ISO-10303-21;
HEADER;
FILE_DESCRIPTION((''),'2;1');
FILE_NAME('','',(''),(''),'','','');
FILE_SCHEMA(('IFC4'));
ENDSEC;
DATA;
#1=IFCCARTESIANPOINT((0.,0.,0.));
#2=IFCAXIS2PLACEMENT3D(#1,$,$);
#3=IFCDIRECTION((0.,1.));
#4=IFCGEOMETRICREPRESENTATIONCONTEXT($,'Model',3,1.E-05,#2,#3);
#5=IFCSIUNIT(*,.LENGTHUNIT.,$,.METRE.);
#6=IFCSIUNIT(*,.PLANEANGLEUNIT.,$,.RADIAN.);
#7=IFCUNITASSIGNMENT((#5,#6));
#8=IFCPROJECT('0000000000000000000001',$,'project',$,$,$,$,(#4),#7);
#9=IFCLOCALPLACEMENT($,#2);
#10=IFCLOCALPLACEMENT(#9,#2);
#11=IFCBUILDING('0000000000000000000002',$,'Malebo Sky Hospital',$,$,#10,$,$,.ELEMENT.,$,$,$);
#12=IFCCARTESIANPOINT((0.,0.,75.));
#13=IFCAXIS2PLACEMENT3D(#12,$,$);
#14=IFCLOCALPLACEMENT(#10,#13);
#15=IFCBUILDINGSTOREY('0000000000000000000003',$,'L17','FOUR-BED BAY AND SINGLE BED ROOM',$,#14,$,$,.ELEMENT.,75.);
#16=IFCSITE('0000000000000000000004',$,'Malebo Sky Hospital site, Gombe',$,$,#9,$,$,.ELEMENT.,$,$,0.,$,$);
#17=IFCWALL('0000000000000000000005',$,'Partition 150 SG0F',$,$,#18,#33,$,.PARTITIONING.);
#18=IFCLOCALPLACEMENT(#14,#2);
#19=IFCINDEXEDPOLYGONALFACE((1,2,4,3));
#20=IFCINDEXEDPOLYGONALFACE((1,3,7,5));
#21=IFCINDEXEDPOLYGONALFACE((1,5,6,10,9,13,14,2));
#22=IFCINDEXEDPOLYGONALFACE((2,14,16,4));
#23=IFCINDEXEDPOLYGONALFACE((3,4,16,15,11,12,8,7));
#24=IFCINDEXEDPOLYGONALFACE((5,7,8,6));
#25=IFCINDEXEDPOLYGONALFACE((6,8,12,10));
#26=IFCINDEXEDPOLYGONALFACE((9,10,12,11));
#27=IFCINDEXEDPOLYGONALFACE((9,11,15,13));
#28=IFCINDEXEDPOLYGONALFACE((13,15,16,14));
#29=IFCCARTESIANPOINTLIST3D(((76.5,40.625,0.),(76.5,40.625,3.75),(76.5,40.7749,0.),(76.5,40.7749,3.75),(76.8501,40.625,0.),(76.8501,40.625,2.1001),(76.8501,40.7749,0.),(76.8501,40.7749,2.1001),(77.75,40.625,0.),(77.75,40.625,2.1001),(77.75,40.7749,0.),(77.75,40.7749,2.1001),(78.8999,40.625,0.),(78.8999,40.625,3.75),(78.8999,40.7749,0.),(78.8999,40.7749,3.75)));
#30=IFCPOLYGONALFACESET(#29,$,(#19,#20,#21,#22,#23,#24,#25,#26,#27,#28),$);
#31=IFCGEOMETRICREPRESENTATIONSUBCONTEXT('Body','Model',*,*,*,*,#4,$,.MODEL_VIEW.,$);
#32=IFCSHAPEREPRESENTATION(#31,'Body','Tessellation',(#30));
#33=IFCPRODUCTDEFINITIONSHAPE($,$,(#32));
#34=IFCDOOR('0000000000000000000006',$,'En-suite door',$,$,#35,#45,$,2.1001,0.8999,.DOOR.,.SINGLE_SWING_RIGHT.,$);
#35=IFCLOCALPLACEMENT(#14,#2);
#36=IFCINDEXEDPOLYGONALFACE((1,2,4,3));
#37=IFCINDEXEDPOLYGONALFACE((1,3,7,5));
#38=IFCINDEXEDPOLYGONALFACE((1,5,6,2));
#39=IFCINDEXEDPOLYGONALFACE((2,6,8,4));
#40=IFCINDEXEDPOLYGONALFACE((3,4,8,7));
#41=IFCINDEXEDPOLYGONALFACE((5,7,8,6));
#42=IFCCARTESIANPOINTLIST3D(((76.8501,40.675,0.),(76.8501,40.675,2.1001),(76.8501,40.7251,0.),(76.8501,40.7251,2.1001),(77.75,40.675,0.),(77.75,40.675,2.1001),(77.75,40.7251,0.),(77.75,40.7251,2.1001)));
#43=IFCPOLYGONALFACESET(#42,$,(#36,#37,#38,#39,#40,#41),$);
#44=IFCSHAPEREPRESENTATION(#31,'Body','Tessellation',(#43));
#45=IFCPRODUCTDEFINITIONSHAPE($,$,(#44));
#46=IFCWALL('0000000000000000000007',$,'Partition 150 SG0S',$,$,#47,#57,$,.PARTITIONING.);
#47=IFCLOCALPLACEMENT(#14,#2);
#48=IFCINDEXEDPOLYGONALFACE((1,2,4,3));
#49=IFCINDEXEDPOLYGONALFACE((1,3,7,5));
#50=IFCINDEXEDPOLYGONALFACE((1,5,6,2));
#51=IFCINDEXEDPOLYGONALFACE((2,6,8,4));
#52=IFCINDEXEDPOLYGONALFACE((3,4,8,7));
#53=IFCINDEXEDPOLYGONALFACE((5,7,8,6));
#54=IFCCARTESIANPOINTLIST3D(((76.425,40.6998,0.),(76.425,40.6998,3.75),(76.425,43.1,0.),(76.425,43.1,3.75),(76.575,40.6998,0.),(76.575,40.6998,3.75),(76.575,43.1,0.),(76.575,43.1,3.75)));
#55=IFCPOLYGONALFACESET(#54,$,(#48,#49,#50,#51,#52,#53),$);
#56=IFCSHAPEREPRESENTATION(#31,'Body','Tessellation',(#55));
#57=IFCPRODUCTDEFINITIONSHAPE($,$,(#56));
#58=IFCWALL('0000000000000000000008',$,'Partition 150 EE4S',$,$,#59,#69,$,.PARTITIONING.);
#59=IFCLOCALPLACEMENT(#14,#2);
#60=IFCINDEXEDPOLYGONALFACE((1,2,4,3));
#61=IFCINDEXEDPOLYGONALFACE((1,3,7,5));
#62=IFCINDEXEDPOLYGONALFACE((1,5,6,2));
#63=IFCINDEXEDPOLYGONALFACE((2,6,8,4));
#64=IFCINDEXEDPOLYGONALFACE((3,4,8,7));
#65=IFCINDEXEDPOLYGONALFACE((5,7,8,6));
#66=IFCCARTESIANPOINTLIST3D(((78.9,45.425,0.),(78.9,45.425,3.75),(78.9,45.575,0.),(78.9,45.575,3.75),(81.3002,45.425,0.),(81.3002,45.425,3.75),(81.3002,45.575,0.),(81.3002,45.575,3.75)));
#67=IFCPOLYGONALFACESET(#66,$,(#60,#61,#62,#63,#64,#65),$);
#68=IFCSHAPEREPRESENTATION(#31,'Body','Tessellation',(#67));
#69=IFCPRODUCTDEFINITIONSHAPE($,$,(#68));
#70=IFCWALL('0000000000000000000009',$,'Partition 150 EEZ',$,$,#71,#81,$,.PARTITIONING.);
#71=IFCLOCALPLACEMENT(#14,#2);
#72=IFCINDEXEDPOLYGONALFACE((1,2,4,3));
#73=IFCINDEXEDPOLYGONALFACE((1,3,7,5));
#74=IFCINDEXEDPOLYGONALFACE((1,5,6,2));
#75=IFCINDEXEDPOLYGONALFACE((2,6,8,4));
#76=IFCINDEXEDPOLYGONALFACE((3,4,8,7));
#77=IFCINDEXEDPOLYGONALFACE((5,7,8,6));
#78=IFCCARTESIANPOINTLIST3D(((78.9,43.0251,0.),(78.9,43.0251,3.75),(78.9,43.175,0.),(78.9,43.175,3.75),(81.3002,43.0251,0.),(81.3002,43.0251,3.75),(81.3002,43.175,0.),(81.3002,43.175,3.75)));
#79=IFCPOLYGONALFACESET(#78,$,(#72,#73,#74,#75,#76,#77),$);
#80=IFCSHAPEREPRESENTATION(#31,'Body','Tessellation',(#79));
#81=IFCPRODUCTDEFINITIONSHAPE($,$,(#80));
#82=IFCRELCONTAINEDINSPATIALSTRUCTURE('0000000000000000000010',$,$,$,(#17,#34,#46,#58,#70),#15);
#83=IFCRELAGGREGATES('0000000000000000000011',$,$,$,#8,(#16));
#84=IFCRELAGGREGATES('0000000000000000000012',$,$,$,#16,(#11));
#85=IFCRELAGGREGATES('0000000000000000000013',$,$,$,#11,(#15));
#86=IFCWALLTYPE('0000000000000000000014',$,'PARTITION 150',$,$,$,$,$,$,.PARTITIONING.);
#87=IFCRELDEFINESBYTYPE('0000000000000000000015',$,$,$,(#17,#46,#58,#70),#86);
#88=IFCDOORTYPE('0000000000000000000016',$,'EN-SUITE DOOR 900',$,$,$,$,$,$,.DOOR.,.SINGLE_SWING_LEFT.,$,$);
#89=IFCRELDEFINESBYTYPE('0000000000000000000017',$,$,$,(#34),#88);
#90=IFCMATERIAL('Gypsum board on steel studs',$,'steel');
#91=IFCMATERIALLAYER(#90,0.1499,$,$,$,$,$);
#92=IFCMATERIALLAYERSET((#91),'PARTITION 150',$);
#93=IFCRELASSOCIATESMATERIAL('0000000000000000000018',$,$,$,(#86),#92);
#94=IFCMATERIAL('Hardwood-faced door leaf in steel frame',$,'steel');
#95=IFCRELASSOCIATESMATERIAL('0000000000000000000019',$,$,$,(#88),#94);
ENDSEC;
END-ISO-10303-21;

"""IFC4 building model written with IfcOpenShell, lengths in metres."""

from ifc_helpers import new_model, si_unit, direction, frame, frame_2d, origin, place, context, subcontext, project, spatial, rectangle, extrude, material, layer, layer_set, type_object, element, fill, save


model = new_model("IFC4")

# Units and contexts
model_context = context("Model", 3, precision=1e-05, world=origin(), true_north=direction((0.0, 1.0)))
body_context = subcontext(model_context, "Body", "Model", "MODEL_VIEW")
ifc_project = project(units=[si_unit("LENGTHUNIT", "METRE"), si_unit("PLANEANGLEUNIT", "RADIAN")], contexts=[model_context])

# Site, building, storey
site_placement = place(None, origin())
site = spatial("IfcSite", under=ifc_project, at=site_placement, Name="Malebo Sky Hospital site, Gombe", CompositionType="ELEMENT", RefElevation=0.0)
building_placement = place(site_placement, origin())
building = spatial("IfcBuilding", under=site, at=building_placement, Name="Malebo Sky Hospital", CompositionType="ELEMENT")
storey_placement = place(building_placement, frame((0.0, 0.0, 75.0)))
storey = spatial("IfcBuildingStorey", under=building, at=storey_placement, Name="L17", Description="FOUR-BED BAY AND SINGLE BED ROOM", CompositionType="ELEMENT", Elevation=75.0)

# Shared definitions
ifc_material_1 = material(Name="Gypsum board on steel studs", Category="steel")
ifc_material_2 = material(Name="Hardwood-faced door leaf in steel frame", Category="steel")

# Shared definitions
ifc_layer_1 = layer(ifc_material_1, 0.1499)
ifc_layer_set_1 = layer_set([ifc_layer_1], Name="PARTITION 150")
wall_type_1 = type_object("IfcWallType", Name="PARTITION 150", PredefinedType="PARTITIONING", material=ifc_layer_set_1)

# Wall, opening, door
wall_1_placement = place(storey_placement, frame((78.8999, 40.7, 0.0), z_axis=(0.0, 0.0, 1.0), x_axis=(-1.0, 0.0, 0.0)))
wall_1 = element("IfcWall", 1, at=wall_1_placement, inside=storey, type_object=wall_type_1, Name="Partition 150 SG0F", PredefinedType="PARTITIONING", context=body_context, shape_type="SweptSolid", body=[
    extrude(rectangle(XDim=2.3999, YDim=0.1499, at=frame_2d((1.2, 0.0))), origin(), (0.0, 0.0, 1.0), 3.75),
])
opening_1_placement = place(wall_1_placement, frame((1.1499, 0.0, 0.0)))
opening_1 = element("IfcOpeningElement", 2, at=opening_1_placement, cuts=wall_1, PredefinedType="OPENING", context=body_context, shape_type="SweptSolid", body=[
    extrude(rectangle(XDim=0.8999, YDim=2.1001, at=frame_2d((0.45, 1.05))), frame((0.0, 0.085, 0.0), z_axis=(0.0, -1.0, 0.0), x_axis=(1.0, 0.0, 0.0)), (0.0, 0.0, 1.0), 0.1699),
])
door_type_1 = type_object("IfcDoorType", Name="EN-SUITE DOOR 900", OperationType="SINGLE_SWING_LEFT", PredefinedType="DOOR", material=ifc_material_2)
door_1_placement = place(opening_1_placement, origin())
door_1 = element("IfcDoor", 3, at=door_1_placement, inside=storey, type_object=door_type_1, Name="En-suite door", OperationType="SINGLE_SWING_RIGHT", OverallHeight=2.1001, OverallWidth=0.8999, PredefinedType="DOOR", context=body_context, shape_type="SweptSolid", body=[
    extrude(rectangle(XDim=0.8999, YDim=2.1001, at=frame_2d((0.45, 1.05))), frame((0.0, 0.0249, 0.0), z_axis=(0.0, -1.0, 0.0), x_axis=(1.0, 0.0, 0.0)), (0.0, 0.0, 1.0), 0.05),
])
fill(opening_1, door_1)

# Walls
for number, where, z_axis, x_axis, name in (
    (4, (76.5, 43.1001, 0.0), (0.0, 0.0, 1.0), (0.0, -1.0, 0.0), "Partition 150 SG0S"),
    (5, (78.8999, 45.5, 0.0), (0.0, 0.0, 1.0), (1.0, 0.0, 0.0), "Partition 150 EE4S"),
    (6, (78.8999, 43.1001, 0.0), (0.0, 0.0, 1.0), (1.0, 0.0, 0.0), "Partition 150 EEZ"),
):
    element("IfcWall", number, at=place(storey_placement, frame(where, z_axis=z_axis, x_axis=x_axis)), inside=storey, type_object=wall_type_1, Name=name, PredefinedType="PARTITIONING", context=body_context, shape_type="SweptSolid", body=[
        extrude(rectangle(XDim=2.4001, YDim=0.1499, at=frame_2d((1.2002, 0.0))), origin(), (0.0, 0.0, 1.0), 3.75),
    ])

save(model, "model.ifc")
